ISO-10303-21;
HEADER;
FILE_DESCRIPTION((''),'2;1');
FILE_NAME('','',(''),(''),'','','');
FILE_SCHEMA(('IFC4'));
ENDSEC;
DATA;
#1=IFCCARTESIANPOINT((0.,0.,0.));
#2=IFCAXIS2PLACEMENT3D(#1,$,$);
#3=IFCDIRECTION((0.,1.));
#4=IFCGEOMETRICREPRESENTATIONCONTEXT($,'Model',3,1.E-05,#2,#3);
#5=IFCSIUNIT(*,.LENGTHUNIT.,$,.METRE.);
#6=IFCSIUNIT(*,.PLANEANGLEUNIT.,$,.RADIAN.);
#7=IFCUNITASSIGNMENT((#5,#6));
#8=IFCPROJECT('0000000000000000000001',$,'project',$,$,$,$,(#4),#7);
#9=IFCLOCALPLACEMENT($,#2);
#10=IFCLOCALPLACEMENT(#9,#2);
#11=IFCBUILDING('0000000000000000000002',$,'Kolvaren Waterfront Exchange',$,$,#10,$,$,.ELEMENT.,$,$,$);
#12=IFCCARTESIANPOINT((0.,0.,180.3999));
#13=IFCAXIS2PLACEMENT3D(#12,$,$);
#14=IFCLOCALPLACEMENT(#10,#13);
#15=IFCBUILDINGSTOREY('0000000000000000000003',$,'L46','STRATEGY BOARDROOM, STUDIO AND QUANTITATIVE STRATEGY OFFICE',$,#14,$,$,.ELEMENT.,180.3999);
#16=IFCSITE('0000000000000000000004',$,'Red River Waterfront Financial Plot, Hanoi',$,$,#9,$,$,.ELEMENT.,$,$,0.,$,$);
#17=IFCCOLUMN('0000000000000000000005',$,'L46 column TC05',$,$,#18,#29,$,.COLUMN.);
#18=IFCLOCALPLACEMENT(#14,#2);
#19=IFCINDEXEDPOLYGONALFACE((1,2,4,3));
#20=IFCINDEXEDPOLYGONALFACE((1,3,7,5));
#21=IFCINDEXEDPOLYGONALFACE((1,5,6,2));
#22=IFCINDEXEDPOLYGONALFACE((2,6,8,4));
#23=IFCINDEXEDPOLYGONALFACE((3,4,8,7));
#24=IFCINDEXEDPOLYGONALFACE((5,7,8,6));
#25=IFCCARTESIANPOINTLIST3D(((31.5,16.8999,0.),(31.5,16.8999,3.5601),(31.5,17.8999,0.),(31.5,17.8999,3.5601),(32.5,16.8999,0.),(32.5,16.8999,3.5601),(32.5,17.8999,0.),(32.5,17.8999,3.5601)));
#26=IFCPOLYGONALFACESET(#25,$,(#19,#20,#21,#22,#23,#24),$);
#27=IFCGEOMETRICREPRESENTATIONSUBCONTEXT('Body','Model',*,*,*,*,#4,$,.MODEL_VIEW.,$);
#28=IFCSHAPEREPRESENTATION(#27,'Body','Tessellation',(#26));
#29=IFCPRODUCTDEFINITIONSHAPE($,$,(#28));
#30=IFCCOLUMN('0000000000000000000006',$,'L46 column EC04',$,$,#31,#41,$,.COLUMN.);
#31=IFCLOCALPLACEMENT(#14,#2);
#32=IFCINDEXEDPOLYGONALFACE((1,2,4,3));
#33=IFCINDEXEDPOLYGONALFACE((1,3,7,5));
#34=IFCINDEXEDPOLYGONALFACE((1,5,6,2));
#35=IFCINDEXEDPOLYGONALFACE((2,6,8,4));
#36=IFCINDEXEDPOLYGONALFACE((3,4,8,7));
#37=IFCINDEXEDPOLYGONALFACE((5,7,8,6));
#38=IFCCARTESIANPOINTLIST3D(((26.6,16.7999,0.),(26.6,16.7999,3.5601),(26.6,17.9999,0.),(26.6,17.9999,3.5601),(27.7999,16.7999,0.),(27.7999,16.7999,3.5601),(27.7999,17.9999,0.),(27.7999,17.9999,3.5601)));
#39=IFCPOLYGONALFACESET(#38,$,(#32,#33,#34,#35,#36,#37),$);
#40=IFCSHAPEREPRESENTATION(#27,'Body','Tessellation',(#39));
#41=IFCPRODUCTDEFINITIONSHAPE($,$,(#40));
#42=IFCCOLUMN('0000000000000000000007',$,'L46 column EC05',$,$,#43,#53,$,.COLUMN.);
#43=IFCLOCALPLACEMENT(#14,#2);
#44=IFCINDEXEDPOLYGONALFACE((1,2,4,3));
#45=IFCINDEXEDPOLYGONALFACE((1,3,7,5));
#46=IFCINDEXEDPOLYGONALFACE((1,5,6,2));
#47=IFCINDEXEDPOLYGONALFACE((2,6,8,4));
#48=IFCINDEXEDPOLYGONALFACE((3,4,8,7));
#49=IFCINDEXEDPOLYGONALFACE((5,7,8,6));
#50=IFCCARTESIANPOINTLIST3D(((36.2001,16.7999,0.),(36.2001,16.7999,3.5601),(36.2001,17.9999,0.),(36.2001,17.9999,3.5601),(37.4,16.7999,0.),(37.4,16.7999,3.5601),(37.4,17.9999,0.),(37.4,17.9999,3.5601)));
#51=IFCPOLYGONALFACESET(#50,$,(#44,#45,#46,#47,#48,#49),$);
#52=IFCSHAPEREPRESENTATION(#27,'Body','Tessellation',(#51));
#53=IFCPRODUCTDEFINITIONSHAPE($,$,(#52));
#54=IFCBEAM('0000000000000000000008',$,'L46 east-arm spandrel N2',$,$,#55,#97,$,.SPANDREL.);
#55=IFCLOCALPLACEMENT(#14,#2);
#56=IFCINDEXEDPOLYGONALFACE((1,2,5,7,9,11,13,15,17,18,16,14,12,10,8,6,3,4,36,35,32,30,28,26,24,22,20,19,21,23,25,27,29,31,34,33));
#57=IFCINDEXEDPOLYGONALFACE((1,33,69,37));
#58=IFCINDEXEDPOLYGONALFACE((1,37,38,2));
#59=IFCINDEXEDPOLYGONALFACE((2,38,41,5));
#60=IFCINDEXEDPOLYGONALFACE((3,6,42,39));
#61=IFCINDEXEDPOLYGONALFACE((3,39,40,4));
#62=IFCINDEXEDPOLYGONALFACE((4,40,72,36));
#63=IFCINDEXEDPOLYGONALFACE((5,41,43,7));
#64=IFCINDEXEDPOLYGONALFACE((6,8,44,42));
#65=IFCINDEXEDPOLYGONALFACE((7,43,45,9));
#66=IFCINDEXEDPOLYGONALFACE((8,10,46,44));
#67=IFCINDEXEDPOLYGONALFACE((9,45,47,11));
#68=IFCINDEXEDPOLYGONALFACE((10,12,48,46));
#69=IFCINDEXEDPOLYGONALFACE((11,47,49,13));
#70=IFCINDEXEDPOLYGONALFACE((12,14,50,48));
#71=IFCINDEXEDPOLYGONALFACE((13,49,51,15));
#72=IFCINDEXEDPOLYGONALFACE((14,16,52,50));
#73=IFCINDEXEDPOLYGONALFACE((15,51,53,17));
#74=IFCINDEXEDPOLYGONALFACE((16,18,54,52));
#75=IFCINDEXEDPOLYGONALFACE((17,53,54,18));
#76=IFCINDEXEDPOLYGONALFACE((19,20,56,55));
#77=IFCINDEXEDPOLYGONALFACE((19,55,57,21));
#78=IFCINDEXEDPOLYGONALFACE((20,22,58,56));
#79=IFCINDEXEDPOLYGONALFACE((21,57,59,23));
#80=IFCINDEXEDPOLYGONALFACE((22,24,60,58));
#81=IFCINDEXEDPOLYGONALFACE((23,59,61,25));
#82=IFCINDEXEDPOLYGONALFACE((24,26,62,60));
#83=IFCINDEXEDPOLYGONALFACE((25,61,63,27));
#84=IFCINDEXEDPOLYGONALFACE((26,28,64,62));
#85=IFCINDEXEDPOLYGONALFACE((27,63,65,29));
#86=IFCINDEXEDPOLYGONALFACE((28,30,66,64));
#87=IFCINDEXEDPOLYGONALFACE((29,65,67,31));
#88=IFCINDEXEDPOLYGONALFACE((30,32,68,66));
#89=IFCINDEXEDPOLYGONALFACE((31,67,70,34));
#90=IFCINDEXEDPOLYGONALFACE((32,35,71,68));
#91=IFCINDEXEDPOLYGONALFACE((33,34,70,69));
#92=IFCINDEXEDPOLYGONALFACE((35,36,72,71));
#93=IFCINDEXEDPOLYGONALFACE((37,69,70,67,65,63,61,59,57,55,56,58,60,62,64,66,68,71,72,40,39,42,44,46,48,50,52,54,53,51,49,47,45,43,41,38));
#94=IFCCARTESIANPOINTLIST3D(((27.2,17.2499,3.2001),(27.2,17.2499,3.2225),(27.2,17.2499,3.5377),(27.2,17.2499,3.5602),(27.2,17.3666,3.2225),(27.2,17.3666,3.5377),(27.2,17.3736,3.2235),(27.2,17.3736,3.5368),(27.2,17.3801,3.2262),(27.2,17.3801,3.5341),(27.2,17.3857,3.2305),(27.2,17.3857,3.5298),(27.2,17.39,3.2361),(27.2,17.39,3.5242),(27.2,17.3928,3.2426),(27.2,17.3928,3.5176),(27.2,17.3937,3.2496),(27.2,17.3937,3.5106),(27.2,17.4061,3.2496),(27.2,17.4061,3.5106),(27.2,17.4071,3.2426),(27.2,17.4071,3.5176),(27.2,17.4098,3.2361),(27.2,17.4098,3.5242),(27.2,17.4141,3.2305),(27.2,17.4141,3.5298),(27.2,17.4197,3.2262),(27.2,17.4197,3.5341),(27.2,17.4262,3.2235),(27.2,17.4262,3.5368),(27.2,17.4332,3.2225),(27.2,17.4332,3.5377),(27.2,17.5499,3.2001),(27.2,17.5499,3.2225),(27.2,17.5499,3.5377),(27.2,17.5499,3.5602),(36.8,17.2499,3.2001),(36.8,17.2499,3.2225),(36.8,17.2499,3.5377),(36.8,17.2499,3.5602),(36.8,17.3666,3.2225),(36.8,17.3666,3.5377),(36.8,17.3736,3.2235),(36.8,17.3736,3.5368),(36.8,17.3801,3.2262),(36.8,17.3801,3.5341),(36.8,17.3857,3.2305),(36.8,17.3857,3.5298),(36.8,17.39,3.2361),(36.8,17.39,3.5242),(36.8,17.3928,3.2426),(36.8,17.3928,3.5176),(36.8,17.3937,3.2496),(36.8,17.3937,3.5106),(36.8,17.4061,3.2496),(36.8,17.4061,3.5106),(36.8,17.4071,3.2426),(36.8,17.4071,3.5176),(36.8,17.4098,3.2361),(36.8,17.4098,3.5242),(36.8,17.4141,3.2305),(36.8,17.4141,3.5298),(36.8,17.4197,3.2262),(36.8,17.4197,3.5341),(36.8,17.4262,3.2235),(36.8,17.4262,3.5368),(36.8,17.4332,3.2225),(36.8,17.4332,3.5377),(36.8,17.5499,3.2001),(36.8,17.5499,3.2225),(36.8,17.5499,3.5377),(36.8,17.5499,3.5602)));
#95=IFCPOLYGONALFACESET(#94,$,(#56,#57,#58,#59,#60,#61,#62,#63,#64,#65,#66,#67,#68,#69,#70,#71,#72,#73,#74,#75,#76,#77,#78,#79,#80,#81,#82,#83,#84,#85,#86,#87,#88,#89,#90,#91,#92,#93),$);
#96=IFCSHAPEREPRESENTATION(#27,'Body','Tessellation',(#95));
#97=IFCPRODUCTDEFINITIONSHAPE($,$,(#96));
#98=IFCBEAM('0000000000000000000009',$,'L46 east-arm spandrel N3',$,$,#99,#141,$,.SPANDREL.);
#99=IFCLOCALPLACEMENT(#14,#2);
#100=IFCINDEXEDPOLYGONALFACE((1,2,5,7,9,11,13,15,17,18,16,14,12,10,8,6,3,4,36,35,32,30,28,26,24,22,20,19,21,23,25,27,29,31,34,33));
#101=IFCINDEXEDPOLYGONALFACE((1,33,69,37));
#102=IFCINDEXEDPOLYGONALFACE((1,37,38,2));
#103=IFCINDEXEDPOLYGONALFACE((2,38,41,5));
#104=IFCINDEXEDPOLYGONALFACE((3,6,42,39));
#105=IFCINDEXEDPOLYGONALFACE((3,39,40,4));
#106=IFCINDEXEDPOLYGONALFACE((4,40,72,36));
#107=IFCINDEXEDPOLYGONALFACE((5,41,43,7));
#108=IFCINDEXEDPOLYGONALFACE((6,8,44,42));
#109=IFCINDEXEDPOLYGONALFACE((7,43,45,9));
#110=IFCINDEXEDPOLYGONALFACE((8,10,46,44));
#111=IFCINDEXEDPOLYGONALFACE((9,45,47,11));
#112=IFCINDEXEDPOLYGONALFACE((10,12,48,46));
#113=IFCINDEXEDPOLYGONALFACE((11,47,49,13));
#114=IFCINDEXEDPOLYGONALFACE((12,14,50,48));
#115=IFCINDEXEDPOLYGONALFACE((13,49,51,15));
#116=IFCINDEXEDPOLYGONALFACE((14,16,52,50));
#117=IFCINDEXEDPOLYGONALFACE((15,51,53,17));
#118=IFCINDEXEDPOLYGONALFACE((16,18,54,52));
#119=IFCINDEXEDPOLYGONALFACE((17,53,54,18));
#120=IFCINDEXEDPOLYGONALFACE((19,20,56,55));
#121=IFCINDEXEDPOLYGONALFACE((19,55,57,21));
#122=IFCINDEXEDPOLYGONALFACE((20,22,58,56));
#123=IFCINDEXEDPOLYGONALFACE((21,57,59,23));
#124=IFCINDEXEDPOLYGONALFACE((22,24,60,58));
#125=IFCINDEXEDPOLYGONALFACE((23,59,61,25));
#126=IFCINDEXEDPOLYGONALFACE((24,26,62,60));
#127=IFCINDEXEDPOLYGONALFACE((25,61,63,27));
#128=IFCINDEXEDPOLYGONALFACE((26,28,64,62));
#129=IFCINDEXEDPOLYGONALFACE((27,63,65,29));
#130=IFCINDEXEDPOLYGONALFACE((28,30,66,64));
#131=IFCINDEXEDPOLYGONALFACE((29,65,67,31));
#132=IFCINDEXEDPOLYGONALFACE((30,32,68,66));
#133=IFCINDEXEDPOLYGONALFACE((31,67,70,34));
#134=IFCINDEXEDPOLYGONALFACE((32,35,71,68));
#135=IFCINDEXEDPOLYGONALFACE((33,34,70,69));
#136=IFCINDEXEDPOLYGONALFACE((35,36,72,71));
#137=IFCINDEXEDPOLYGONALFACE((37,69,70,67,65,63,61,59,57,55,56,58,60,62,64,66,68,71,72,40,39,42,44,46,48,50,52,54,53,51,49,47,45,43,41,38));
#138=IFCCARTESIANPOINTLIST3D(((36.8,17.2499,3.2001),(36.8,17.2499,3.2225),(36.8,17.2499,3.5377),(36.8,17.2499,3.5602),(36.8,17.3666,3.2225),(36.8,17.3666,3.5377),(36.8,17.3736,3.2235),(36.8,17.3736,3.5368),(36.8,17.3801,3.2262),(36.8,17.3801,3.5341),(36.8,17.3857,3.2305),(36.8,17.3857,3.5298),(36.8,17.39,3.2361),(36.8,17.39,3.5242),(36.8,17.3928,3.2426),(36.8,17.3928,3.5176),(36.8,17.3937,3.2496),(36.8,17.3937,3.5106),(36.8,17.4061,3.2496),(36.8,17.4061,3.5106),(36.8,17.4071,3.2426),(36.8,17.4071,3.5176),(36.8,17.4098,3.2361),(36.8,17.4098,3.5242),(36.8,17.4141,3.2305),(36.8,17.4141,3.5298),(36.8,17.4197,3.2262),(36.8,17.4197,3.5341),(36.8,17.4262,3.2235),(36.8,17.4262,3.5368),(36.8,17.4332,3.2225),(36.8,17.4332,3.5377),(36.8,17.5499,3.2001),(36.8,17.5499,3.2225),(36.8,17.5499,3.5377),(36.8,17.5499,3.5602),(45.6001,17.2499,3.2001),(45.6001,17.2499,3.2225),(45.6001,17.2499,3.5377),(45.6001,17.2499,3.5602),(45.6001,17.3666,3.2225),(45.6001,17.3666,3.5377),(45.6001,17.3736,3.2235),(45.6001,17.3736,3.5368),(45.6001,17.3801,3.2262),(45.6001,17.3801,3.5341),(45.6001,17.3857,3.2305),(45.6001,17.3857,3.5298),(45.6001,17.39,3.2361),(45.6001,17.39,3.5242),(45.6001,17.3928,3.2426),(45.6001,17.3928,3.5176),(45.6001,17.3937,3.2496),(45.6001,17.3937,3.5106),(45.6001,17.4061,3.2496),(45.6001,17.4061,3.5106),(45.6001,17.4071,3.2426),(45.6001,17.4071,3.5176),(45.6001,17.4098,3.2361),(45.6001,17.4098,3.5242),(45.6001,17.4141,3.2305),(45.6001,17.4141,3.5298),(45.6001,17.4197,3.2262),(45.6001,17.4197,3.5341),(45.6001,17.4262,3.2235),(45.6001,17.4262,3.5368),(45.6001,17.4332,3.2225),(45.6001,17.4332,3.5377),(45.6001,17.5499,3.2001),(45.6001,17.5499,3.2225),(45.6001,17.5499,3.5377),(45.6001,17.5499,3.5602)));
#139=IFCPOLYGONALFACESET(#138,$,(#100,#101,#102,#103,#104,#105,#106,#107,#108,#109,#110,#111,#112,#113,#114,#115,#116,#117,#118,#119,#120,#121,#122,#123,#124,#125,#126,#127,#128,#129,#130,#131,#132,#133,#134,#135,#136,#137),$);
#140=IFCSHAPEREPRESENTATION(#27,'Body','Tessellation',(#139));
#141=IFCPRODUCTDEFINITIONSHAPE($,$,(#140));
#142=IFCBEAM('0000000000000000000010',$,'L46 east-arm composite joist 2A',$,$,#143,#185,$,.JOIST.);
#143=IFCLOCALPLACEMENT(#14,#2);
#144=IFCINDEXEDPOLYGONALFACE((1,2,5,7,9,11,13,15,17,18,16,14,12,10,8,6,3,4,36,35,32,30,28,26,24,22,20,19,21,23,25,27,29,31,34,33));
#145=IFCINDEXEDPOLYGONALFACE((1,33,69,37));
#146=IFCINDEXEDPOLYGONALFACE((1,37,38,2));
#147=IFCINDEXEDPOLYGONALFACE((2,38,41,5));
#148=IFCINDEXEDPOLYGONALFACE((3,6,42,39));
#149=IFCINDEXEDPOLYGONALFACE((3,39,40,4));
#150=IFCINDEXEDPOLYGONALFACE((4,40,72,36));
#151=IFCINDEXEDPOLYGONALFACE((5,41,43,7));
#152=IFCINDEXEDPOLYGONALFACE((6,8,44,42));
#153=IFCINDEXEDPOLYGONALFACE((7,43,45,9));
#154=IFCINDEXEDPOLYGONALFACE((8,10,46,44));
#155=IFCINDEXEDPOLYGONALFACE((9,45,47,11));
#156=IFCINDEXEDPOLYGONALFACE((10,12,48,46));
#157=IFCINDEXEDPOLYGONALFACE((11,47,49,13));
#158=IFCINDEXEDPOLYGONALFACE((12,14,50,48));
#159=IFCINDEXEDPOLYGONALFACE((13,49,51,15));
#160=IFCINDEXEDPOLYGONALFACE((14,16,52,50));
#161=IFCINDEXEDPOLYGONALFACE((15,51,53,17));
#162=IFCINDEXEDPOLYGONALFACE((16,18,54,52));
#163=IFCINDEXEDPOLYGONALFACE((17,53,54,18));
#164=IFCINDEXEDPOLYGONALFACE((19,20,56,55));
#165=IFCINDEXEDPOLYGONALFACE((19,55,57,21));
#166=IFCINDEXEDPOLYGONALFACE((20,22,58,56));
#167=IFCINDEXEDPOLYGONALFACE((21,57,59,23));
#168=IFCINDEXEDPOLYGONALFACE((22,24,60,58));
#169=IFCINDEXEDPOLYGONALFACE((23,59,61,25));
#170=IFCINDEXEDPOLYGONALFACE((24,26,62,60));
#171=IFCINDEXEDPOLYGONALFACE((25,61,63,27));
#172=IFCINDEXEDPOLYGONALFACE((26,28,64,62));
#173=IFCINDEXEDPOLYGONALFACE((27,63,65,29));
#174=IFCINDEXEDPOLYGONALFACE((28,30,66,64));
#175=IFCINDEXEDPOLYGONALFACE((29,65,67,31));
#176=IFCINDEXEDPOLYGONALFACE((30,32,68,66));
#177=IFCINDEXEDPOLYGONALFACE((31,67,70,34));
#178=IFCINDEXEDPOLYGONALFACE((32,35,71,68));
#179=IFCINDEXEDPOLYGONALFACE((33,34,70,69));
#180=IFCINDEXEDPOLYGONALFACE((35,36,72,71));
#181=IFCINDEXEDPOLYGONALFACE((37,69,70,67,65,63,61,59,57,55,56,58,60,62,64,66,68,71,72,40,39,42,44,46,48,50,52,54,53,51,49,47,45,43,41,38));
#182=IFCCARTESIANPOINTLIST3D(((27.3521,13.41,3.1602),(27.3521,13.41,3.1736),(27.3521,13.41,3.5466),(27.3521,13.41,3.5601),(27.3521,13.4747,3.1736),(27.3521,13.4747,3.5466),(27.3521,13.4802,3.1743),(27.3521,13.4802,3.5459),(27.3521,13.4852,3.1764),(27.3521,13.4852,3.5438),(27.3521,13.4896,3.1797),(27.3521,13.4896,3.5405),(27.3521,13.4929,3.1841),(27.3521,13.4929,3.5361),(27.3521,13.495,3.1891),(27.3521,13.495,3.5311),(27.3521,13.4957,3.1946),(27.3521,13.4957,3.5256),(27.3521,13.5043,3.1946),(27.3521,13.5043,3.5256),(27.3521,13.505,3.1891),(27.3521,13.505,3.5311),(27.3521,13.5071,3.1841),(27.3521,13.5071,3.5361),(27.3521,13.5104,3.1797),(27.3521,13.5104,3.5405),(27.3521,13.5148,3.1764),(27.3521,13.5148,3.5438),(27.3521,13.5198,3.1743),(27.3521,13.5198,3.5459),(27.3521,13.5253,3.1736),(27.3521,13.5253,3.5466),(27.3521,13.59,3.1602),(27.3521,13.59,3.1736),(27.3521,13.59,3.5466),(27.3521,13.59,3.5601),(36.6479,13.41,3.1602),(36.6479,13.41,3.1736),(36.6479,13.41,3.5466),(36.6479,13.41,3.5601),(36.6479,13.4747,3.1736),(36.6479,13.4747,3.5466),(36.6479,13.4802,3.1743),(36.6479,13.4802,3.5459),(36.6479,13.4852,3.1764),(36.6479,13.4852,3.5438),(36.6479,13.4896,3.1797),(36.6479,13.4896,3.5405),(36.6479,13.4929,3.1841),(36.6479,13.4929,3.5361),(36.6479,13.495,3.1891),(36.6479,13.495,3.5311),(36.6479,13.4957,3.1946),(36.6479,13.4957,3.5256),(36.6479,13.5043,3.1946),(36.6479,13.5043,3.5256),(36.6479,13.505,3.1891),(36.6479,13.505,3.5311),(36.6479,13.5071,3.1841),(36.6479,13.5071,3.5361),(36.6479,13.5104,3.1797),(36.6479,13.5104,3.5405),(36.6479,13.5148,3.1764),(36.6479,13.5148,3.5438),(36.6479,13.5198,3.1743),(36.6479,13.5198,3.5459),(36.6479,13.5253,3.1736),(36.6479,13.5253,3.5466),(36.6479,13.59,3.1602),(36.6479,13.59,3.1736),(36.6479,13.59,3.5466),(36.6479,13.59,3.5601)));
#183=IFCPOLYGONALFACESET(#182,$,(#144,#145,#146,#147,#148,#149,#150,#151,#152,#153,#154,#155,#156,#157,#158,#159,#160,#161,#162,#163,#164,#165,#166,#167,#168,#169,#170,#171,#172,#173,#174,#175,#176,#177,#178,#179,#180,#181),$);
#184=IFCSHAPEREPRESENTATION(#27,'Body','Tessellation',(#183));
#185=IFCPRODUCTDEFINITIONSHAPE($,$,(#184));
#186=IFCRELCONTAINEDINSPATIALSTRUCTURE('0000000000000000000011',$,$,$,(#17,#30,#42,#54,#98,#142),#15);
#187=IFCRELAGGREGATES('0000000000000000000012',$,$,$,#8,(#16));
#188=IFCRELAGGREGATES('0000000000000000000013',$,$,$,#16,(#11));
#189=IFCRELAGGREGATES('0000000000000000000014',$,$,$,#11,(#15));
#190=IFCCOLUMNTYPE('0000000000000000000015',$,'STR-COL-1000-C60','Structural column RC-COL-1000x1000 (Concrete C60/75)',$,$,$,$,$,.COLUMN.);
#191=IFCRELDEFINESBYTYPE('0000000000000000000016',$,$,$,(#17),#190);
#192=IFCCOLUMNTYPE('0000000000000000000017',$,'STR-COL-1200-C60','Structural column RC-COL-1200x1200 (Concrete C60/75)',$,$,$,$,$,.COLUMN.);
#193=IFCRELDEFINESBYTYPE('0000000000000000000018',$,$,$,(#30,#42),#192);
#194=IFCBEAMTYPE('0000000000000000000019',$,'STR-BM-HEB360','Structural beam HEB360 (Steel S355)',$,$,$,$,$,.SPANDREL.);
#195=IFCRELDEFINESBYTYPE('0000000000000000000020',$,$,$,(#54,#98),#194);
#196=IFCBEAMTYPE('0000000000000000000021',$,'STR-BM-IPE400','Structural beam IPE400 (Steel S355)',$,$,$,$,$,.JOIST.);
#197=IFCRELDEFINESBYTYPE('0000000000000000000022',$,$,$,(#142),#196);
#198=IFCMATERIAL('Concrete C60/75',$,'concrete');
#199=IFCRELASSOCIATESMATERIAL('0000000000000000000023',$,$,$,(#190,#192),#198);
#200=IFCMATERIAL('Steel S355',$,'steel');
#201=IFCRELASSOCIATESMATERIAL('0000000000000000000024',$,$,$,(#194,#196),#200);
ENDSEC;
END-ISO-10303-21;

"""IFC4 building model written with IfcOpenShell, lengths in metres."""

from ifc_helpers import new_model, si_unit, direction, frame, origin, origin_2d, place, context, subcontext, project, spatial, rectangle, i_section, extrude, material, material_profile, profile_set, type_object, element, save


model = new_model("IFC4")

# Units and contexts
model_context = context("Model", 3, precision=1e-05, world=origin(), true_north=direction((0.0, 1.0)))
body_context = subcontext(model_context, "Body", "Model", "MODEL_VIEW")
ifc_project = project(units=[si_unit("LENGTHUNIT", "METRE"), si_unit("PLANEANGLEUNIT", "RADIAN")], contexts=[model_context])

# Site, building, storey
site_placement = place(None, origin())
site = spatial("IfcSite", under=ifc_project, at=site_placement, Name="Red River Waterfront Financial Plot, Hanoi", CompositionType="ELEMENT", RefElevation=0.0)
building_placement = place(site_placement, origin())
building = spatial("IfcBuilding", under=site, at=building_placement, Name="Kolvaren Waterfront Exchange", CompositionType="ELEMENT")
storey_placement = place(building_placement, frame((0.0, 0.0, 180.3999)))
storey = spatial("IfcBuildingStorey", under=building, at=storey_placement, Name="L46", Description="STRATEGY BOARDROOM, STUDIO AND QUANTITATIVE STRATEGY OFFICE", CompositionType="ELEMENT", Elevation=180.3999)

# Columns
ifc_material_1 = material(Name="Concrete C60/75", Category="concrete")
ifc_material_profile_1 = material_profile(ifc_material_1, rectangle(XDim=1.0, YDim=1.0, at=origin_2d()), Name="RC-COL-1000x1000")
ifc_profile_set_1 = profile_set([ifc_material_profile_1], Name="Concrete C60/75")
column_type_1 = type_object("IfcColumnType", Name="STR-COL-1000-C60", Description="Structural column RC-COL-1000x1000 (Concrete C60/75)", PredefinedType="COLUMN", material=ifc_profile_set_1)
column_placement = place(storey_placement, frame((32.0, 17.3999, 0.0), z_axis=(0.0, 0.0, 1.0), x_axis=(1.0, 0.0, 0.0)))
element("IfcColumn", 1, at=column_placement, inside=storey, type_object=column_type_1, Name="L46 column TC05", PredefinedType="COLUMN", context=body_context, shape_type="SweptSolid", body=[
    extrude(rectangle(XDim=1.0, YDim=1.0, at=origin_2d()), origin(), (0.0, 0.0, 1.0), 3.5601),
])
ifc_material_profile_2 = material_profile(ifc_material_1, rectangle(XDim=1.2, YDim=1.2, at=origin_2d()), Name="RC-COL-1200x1200")
ifc_profile_set_2 = profile_set([ifc_material_profile_2], Name="Concrete C60/75")
column_type_2 = type_object("IfcColumnType", Name="STR-COL-1200-C60", Description="Structural column RC-COL-1200x1200 (Concrete C60/75)", PredefinedType="COLUMN", material=ifc_profile_set_2)
for number, where, z_axis, x_axis, name in (
    (2, (27.2, 17.3999, 0.0), (0.0, 0.0, 1.0), (1.0, 0.0, 0.0), "L46 column EC04"),
    (3, (36.8, 17.3999, 0.0), (0.0, 0.0, 1.0), (1.0, 0.0, 0.0), "L46 column EC05"),
):
    element("IfcColumn", number, at=place(storey_placement, frame(where, z_axis=z_axis, x_axis=x_axis)), inside=storey, type_object=column_type_2, Name=name, PredefinedType="COLUMN", context=body_context, shape_type="SweptSolid", body=[
        extrude(rectangle(XDim=1.2, YDim=1.2, at=origin_2d()), origin(), (0.0, 0.0, 1.0), 3.5601),
    ])

# Beams
ifc_material_2 = material(Name="Steel S355", Category="steel")
ifc_material_profile_3 = material_profile(ifc_material_2, i_section(OverallWidth=0.3, OverallDepth=0.3601, WebThickness=0.0125, FlangeThickness=0.0225, FilletRadius=0.0271, at=origin_2d()), Name="HEB360")
ifc_profile_set_3 = profile_set([ifc_material_profile_3], Name="Steel S355")
beam_type_1 = type_object("IfcBeamType", Name="STR-BM-HEB360", Description="Structural beam HEB360 (Steel S355)", PredefinedType="SPANDREL", material=ifc_profile_set_3)
beam_1_placement = place(storey_placement, frame((27.2, 17.3999, 3.3801), z_axis=(1.0, 0.0, 0.0), x_axis=(0.0, 1.0, 0.0)))
element("IfcBeam", 4, at=beam_1_placement, inside=storey, type_object=beam_type_1, Name="L46 east-arm spandrel N2", PredefinedType="SPANDREL", context=body_context, shape_type="SweptSolid", body=[
    extrude(i_section(OverallWidth=0.3, OverallDepth=0.3601, WebThickness=0.0125, FlangeThickness=0.0225, FilletRadius=0.0271, at=origin_2d()), origin(), (0.0, 0.0, 1.0), 9.6001),
])
beam_2_placement = place(storey_placement, frame((36.8, 17.3999, 3.3801), z_axis=(1.0, 0.0, 0.0), x_axis=(0.0, 1.0, 0.0)))
element("IfcBeam", 5, at=beam_2_placement, inside=storey, type_object=beam_type_1, Name="L46 east-arm spandrel N3", PredefinedType="SPANDREL", context=body_context, shape_type="SweptSolid", body=[
    extrude(i_section(OverallWidth=0.3, OverallDepth=0.3601, WebThickness=0.0125, FlangeThickness=0.0225, FilletRadius=0.0271, at=origin_2d()), origin(), (0.0, 0.0, 1.0), 8.8),
])
ifc_material_profile_4 = material_profile(ifc_material_2, i_section(OverallWidth=0.1799, OverallDepth=0.3999, WebThickness=0.0085, FlangeThickness=0.0134, FilletRadius=0.021, at=origin_2d()), Name="IPE400")
ifc_profile_set_4 = profile_set([ifc_material_profile_4], Name="Steel S355")
beam_type_2 = type_object("IfcBeamType", Name="STR-BM-IPE400", Description="Structural beam IPE400 (Steel S355)", PredefinedType="JOIST", material=ifc_profile_set_4)
for number, where, z_axis, x_axis, name in (
    (6, (27.3521, 13.5, 3.3601), (1.0, 0.0, 0.0), (0.0, 1.0, 0.0), "L46 east-arm composite joist 2A"),
):
    element("IfcBeam", number, at=place(storey_placement, frame(where, z_axis=z_axis, x_axis=x_axis)), inside=storey, type_object=beam_type_2, Name=name, PredefinedType="JOIST", context=body_context, shape_type="SweptSolid", body=[
        extrude(i_section(OverallWidth=0.1799, OverallDepth=0.3999, WebThickness=0.0085, FlangeThickness=0.0134, FilletRadius=0.021, at=origin_2d()), origin(), (0.0, 0.0, 1.0), 9.2959),
    ])

save(model, "model.ifc")
